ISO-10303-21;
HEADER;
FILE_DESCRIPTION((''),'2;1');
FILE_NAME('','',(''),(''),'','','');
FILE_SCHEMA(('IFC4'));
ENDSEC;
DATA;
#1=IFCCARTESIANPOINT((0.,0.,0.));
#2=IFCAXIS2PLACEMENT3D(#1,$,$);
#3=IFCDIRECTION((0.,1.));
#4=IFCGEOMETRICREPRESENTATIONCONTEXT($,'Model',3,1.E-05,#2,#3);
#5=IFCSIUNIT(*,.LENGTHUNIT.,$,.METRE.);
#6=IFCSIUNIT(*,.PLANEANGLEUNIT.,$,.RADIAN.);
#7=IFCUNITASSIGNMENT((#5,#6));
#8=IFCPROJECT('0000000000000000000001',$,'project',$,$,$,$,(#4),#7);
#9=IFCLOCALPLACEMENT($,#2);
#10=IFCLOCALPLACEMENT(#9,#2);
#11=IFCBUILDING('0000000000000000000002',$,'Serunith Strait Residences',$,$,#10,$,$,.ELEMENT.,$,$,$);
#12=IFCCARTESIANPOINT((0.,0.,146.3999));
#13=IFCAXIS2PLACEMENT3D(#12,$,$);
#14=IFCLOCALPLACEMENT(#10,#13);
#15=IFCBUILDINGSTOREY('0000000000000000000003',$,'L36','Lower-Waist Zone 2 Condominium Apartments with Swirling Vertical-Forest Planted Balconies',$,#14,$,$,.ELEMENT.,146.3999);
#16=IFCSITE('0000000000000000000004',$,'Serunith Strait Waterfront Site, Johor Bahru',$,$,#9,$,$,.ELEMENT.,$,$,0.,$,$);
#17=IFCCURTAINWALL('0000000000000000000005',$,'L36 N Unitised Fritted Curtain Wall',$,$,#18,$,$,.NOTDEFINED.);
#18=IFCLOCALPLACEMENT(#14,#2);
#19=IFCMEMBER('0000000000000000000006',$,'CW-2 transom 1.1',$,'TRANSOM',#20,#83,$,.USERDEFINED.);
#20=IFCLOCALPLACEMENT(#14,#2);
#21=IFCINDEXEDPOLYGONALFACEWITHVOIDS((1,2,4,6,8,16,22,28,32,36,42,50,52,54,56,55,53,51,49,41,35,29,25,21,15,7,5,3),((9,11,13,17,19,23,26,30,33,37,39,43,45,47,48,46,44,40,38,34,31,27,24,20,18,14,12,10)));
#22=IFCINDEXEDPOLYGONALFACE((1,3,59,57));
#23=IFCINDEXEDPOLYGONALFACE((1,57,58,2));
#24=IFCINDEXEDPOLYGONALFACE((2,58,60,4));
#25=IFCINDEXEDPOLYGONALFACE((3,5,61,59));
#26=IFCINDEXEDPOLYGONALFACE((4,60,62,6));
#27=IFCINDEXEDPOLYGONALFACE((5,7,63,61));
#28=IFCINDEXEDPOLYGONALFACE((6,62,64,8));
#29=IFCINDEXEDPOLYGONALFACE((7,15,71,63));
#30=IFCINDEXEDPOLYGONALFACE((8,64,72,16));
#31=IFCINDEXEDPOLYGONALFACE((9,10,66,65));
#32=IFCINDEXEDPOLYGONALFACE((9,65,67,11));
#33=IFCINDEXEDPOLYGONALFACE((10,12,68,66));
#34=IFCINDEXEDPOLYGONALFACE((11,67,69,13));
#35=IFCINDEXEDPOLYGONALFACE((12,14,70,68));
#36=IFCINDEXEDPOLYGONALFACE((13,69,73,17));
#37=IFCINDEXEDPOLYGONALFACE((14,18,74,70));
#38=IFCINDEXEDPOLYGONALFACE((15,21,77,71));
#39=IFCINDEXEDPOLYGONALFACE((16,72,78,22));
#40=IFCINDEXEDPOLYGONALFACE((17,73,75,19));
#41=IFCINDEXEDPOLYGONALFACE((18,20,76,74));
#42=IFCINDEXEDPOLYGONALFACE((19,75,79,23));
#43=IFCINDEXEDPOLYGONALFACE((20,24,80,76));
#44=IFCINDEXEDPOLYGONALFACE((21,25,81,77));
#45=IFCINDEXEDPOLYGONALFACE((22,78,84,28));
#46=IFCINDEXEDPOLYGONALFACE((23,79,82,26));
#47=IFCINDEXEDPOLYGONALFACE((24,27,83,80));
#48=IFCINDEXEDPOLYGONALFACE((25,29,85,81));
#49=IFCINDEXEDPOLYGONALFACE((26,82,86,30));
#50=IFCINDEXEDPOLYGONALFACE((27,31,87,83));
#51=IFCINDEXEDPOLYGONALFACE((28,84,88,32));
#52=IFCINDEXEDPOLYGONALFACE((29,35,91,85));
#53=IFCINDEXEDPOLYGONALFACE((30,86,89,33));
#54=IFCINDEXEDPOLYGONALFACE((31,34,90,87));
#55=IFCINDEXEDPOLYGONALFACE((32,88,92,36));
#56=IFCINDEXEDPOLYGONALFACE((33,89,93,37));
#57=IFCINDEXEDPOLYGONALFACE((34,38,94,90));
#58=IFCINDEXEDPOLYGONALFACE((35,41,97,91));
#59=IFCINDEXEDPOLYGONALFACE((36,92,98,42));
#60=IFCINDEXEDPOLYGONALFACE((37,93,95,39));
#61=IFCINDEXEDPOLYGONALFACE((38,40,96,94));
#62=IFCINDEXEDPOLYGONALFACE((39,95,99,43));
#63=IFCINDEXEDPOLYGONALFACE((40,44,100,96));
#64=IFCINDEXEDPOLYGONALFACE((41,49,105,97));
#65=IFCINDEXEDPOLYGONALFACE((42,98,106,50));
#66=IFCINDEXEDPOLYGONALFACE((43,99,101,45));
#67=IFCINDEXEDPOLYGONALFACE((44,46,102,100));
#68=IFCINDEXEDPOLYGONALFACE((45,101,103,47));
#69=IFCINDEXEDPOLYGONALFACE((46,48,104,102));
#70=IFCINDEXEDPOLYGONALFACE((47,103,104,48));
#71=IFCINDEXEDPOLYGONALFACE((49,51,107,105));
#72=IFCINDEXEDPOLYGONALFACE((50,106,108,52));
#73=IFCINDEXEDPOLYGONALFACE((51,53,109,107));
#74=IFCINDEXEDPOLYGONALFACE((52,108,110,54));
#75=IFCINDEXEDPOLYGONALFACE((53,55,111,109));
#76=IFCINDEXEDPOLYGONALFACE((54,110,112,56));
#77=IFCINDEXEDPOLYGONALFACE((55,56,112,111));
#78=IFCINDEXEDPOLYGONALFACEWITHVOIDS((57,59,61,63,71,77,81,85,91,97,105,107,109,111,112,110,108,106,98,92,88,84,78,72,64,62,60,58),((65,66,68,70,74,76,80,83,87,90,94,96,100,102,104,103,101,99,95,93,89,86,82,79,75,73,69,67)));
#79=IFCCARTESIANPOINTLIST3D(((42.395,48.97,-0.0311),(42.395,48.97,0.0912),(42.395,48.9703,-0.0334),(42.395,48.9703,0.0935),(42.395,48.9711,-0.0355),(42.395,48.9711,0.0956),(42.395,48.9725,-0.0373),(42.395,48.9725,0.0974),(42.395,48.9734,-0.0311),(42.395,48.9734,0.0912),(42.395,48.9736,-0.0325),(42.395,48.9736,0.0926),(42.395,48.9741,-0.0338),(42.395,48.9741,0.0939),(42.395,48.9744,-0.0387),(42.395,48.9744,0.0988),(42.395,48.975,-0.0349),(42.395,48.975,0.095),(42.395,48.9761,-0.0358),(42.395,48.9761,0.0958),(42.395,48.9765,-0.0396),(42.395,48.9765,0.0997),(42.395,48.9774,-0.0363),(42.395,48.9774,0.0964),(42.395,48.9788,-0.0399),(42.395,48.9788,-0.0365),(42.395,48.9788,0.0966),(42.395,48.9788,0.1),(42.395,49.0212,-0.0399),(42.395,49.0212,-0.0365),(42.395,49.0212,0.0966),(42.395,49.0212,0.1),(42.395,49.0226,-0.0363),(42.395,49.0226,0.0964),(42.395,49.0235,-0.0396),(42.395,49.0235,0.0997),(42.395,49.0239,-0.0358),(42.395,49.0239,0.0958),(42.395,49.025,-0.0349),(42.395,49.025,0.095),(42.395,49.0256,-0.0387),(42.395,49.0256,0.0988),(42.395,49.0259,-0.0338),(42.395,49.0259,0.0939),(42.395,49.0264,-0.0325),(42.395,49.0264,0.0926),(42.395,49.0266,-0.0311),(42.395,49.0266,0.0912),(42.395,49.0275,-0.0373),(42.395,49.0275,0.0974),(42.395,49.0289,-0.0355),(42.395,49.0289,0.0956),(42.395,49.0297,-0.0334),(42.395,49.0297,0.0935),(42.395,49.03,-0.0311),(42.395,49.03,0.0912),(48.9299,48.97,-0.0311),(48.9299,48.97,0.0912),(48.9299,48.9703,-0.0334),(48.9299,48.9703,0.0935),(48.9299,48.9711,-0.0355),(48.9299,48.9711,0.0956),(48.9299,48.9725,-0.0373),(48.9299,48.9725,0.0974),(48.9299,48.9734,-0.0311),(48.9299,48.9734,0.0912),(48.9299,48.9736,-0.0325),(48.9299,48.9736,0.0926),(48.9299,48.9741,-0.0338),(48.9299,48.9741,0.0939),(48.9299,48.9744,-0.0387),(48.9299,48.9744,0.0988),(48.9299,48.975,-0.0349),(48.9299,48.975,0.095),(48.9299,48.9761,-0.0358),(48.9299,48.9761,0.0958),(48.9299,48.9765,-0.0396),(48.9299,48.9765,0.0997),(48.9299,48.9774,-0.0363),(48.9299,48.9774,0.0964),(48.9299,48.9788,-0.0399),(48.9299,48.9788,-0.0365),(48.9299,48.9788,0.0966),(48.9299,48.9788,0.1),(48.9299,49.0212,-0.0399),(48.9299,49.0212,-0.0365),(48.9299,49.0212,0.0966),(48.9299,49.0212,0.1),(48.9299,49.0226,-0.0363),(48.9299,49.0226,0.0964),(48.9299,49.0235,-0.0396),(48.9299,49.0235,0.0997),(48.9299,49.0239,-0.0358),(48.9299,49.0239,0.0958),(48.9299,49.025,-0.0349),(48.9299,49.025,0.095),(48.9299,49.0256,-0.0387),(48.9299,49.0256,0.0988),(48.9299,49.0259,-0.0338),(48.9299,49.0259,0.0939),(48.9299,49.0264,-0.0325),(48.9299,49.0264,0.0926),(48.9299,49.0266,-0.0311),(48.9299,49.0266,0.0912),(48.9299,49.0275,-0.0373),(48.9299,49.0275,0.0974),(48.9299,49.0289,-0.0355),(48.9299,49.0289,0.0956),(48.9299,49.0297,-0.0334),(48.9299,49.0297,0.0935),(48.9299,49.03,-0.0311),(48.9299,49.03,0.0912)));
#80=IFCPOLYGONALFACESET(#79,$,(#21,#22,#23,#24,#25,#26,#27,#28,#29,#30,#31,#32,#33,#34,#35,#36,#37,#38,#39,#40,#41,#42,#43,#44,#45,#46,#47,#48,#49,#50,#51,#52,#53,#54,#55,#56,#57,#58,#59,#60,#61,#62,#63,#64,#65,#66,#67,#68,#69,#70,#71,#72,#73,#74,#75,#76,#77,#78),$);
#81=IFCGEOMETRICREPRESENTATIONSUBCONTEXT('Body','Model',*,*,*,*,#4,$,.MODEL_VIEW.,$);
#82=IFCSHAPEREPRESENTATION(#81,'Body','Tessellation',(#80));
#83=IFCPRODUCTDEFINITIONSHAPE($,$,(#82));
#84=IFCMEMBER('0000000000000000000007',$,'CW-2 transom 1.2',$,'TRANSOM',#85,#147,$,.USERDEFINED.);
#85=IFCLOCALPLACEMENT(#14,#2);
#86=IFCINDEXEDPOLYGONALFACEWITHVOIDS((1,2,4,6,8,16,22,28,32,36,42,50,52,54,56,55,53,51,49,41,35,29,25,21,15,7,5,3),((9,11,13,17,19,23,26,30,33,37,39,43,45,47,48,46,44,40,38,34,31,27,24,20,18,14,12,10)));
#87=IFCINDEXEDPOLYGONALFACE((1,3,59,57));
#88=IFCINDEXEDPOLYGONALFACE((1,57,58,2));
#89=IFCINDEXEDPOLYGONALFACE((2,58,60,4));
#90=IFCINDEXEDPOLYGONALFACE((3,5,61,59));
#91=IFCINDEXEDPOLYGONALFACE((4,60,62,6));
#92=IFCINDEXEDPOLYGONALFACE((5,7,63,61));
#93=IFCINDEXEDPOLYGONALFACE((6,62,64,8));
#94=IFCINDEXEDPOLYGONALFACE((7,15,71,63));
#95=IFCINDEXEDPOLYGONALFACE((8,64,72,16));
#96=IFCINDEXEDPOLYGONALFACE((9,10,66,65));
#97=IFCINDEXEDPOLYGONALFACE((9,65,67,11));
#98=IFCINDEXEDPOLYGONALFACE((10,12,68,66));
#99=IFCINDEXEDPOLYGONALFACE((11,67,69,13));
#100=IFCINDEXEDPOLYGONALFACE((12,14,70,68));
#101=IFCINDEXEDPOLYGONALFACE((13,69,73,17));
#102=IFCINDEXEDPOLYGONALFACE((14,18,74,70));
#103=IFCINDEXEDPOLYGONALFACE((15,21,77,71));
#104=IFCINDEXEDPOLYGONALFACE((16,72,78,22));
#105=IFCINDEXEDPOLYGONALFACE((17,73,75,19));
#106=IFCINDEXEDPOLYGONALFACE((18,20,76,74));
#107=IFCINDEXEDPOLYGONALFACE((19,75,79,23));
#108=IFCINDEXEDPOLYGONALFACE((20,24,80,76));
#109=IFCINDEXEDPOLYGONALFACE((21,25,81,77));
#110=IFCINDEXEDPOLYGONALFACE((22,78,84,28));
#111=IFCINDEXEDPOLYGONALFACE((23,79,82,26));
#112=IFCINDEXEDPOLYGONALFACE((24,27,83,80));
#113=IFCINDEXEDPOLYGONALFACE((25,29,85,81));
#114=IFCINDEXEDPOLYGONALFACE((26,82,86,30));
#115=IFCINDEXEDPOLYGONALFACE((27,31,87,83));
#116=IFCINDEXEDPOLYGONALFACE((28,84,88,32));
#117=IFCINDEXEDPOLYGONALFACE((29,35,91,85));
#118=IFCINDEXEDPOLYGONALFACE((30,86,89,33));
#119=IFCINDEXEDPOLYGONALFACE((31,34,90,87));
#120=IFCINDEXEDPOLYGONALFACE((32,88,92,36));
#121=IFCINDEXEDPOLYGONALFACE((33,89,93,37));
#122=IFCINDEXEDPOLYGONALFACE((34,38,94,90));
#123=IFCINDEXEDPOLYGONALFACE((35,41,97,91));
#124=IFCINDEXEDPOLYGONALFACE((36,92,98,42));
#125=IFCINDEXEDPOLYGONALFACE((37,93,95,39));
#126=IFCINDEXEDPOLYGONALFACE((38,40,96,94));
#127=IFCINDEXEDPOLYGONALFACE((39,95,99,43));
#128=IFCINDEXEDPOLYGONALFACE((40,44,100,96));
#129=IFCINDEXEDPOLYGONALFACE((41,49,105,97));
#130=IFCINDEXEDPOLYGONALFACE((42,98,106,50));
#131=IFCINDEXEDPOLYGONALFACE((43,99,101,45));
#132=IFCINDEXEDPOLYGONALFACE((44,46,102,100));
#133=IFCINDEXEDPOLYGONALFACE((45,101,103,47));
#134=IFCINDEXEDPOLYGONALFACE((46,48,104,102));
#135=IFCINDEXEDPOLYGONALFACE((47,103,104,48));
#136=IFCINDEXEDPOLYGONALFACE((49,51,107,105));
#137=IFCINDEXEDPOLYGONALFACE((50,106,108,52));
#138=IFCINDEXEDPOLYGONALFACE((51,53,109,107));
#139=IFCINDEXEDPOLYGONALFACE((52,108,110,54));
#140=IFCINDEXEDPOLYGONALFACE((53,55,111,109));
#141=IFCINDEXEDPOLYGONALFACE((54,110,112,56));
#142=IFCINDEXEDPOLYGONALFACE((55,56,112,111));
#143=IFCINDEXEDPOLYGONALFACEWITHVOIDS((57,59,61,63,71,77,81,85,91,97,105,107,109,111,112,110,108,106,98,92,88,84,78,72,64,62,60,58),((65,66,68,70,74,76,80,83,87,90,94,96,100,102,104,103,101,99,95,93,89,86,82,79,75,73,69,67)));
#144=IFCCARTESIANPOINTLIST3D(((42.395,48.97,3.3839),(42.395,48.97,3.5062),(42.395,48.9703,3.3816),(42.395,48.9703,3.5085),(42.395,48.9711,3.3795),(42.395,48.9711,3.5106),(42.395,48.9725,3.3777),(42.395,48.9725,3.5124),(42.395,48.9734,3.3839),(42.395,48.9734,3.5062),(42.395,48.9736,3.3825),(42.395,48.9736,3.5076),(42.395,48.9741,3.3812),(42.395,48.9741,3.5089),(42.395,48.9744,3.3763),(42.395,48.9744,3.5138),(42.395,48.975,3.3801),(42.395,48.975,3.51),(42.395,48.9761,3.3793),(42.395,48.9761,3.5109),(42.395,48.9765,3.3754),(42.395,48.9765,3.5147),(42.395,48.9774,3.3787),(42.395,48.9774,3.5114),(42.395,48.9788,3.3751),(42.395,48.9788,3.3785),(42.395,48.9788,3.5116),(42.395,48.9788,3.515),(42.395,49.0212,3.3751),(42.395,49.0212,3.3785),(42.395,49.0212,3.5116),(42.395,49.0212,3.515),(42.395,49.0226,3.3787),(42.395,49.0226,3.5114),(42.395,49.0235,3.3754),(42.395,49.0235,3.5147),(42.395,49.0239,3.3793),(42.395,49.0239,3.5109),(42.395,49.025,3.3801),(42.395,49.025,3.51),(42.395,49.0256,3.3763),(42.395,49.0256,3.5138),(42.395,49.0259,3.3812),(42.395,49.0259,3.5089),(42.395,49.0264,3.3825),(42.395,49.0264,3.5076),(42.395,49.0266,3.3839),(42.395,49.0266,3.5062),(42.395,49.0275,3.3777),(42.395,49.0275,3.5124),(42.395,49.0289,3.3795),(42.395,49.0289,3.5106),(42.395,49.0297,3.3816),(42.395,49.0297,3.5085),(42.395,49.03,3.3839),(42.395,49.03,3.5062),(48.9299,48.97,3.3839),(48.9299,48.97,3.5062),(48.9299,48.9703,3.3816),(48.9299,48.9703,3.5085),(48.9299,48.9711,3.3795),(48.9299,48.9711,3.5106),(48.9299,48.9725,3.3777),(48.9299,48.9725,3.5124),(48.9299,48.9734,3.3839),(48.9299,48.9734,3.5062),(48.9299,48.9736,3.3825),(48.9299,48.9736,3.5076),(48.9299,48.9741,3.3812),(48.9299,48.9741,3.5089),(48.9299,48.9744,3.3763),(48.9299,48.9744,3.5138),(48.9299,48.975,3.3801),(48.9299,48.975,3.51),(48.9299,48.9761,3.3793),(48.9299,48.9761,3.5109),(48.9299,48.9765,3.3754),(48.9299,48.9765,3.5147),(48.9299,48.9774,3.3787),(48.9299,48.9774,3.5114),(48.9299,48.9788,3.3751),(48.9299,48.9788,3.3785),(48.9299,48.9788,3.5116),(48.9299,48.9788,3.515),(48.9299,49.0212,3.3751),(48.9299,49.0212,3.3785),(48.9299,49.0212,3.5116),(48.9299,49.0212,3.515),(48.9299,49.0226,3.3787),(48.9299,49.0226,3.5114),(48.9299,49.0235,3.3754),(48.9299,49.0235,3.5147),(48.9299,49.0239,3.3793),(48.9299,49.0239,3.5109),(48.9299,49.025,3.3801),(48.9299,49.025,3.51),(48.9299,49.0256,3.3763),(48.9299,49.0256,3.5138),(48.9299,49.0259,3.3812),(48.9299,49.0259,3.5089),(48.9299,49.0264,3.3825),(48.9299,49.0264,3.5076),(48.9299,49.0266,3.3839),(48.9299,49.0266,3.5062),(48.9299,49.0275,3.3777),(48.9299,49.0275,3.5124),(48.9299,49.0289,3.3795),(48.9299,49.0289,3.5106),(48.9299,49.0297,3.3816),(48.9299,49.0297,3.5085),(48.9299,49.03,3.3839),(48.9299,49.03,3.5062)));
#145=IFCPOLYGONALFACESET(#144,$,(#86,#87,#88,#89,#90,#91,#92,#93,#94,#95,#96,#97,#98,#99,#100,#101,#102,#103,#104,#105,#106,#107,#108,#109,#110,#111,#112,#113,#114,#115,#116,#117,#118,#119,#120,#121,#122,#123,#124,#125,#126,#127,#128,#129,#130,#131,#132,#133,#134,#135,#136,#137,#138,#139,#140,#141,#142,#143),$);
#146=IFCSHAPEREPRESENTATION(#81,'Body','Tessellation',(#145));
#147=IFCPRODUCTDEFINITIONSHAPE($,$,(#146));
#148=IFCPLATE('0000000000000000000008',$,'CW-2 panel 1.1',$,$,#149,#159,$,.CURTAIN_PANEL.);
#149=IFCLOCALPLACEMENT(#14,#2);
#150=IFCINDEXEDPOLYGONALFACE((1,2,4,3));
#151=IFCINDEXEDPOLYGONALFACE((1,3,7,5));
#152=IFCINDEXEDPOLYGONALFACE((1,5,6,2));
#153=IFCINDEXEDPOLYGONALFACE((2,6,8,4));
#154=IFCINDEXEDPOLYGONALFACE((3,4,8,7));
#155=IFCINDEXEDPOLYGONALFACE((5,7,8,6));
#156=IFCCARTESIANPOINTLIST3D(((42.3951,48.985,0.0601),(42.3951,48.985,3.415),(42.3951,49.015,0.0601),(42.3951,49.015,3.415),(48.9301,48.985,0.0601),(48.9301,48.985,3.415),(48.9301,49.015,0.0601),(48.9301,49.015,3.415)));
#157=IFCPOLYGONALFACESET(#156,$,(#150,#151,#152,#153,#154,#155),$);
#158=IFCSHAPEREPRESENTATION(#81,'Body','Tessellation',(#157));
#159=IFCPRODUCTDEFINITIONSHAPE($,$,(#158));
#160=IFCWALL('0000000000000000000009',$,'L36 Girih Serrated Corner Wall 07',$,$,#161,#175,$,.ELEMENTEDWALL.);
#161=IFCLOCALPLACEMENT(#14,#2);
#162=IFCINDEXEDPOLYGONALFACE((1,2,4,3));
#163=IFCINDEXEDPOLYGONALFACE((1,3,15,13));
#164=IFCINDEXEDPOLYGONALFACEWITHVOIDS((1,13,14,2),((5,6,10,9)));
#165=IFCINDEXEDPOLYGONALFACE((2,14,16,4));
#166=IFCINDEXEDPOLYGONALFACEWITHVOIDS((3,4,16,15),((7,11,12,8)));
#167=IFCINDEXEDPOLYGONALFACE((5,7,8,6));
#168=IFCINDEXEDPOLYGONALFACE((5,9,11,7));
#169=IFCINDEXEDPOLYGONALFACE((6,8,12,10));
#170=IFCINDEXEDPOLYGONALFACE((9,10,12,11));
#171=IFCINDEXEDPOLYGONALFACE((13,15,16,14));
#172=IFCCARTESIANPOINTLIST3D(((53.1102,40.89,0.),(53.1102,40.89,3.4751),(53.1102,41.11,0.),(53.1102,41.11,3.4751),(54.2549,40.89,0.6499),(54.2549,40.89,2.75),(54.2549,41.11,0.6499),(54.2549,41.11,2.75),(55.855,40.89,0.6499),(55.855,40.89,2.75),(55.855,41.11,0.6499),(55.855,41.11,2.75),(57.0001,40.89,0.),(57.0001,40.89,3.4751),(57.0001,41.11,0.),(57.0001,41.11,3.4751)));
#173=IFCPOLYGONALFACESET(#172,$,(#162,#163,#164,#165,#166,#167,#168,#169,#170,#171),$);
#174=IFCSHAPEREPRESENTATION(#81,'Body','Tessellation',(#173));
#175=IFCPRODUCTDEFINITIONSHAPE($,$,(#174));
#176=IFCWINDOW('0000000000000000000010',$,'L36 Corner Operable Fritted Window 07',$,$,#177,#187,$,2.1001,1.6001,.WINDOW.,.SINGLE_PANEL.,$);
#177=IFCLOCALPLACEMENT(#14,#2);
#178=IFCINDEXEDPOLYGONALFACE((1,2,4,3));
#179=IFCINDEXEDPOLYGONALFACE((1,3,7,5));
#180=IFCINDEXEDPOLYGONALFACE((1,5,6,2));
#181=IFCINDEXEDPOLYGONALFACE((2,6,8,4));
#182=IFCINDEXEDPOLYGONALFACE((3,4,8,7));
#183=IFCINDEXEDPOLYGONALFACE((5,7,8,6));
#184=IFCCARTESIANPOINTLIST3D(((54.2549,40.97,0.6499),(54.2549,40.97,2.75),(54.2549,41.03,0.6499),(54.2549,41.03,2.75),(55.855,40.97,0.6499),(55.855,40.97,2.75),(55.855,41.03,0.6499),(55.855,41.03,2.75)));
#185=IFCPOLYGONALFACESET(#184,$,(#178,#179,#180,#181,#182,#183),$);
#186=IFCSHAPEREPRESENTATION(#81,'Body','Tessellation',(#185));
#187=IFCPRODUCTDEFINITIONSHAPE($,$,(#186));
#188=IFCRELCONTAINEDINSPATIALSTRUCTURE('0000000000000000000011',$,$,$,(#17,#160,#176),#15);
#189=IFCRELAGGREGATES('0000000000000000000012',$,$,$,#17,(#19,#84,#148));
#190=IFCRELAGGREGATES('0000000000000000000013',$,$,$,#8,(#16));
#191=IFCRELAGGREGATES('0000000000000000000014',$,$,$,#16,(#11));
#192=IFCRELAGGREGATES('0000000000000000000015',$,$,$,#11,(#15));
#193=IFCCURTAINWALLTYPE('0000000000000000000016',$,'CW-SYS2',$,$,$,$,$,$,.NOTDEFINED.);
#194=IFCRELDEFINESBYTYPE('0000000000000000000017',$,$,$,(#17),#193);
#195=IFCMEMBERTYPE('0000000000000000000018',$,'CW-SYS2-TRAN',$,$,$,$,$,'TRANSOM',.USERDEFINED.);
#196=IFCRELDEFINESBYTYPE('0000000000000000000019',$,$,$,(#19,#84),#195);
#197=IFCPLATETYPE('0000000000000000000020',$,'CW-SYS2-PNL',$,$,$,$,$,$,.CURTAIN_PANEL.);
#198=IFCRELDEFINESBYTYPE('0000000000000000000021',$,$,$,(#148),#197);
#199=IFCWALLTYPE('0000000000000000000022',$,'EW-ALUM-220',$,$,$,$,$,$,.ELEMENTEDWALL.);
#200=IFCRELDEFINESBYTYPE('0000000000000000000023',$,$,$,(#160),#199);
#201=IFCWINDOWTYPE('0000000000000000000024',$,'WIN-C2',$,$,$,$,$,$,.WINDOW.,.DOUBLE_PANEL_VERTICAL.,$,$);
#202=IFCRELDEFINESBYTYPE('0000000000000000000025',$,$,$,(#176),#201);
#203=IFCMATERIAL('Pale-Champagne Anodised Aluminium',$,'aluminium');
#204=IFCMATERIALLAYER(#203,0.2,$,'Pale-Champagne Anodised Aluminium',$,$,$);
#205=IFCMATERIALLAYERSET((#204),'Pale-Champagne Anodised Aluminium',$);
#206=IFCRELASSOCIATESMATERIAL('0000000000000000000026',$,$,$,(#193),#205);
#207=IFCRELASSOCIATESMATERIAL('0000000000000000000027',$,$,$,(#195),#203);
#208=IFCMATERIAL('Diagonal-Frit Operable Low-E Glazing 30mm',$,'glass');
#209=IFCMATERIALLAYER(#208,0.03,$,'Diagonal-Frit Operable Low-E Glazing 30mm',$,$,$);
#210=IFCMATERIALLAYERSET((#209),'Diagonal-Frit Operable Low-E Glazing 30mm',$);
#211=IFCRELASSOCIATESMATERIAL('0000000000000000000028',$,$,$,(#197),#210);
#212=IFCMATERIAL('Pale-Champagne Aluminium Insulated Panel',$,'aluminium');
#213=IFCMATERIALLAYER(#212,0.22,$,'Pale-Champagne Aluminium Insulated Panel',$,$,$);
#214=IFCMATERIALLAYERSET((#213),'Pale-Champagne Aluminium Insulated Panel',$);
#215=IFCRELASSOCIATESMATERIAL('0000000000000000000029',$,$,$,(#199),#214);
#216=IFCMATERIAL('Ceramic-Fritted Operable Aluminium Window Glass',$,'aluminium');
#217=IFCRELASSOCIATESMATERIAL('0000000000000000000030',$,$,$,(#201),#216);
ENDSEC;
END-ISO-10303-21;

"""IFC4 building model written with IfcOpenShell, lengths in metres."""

from ifc_helpers import new_model, si_unit, direction, frame, frame_2d, origin, origin_2d, place, context, subcontext, project, spatial, rectangle, hollow_rectangle, extrude, source, transform, mapped, material, layer, layer_set, material_profile, profile_set, type_object, element, fill, aggregate, save


model = new_model("IFC4")

# Units and contexts
model_context = context("Model", 3, precision=1e-05, world=origin(), true_north=direction((0.0, 1.0)))
body_context = subcontext(model_context, "Body", "Model", "MODEL_VIEW")
ifc_project = project(units=[si_unit("LENGTHUNIT", "METRE"), si_unit("PLANEANGLEUNIT", "RADIAN")], contexts=[model_context])

# Site, building, storey
site_placement = place(None, origin())
site = spatial("IfcSite", under=ifc_project, at=site_placement, Name="Serunith Strait Waterfront Site, Johor Bahru", CompositionType="ELEMENT", RefElevation=0.0)
building_placement = place(site_placement, origin())
building = spatial("IfcBuilding", under=site, at=building_placement, Name="Serunith Strait Residences", CompositionType="ELEMENT")
storey_placement = place(building_placement, frame((0.0, 0.0, 146.3999)))
storey = spatial("IfcBuildingStorey", under=building, at=storey_placement, Name="L36", Description="Lower-Waist Zone 2 Condominium Apartments with Swirling Vertical-Forest Planted Balconies", CompositionType="ELEMENT", Elevation=146.3999)

# Shared definitions
ifc_material_1 = material(Name="Pale-Champagne Anodised Aluminium", Category="aluminium")
ifc_layer_1 = layer(ifc_material_1, 0.2, Name="Pale-Champagne Anodised Aluminium")
ifc_layer_set_1 = layer_set([ifc_layer_1], Name="Pale-Champagne Anodised Aluminium")
curtain_wall_type = type_object("IfcCurtainWallType", Name="CW-SYS2", PredefinedType="NOTDEFINED", material=ifc_layer_set_1)

# Curtain wall, members, plate
curtain_wall_1_placement = place(storey_placement, origin())
curtain_wall_1 = element("IfcCurtainWall", 1, at=curtain_wall_1_placement, inside=storey, type_object=curtain_wall_type, Name="L36 N Unitised Fritted Curtain Wall", PredefinedType="NOTDEFINED")
ifc_material_profile_1 = material_profile(ifc_material_1, hollow_rectangle(XDim=0.0601, YDim=0.1399, WallThickness=0.0034, InnerFilletRadius=0.0054, OuterFilletRadius=0.0088, at=origin_2d()), Name="ALU 140x60x3.5")
ifc_profile_set_1 = profile_set([ifc_material_profile_1], Name="Pale-Champagne Anodised Aluminium")
member_type_1 = type_object("IfcMemberType", Name="CW-SYS2-TRAN", ElementType="TRANSOM", PredefinedType="USERDEFINED", material=ifc_profile_set_1)
shared_shape_1 = source(origin(), body_context, "Body", "SweptSolid", [
    extrude(hollow_rectangle(XDim=0.0601, YDim=0.1399, WallThickness=0.0034, InnerFilletRadius=0.0054, OuterFilletRadius=0.0088, at=origin_2d()), origin(), (0.0, 0.0, 1.0), 6.5349),
])
member_1_placement = place(storey_placement, frame((48.9299, 49.0, 0.03), z_axis=(-1.0, 0.0, 0.0), x_axis=(0.0, -1.0, 0.0)))
member_1 = element("IfcMember", 2, at=member_1_placement, type_object=member_type_1, Name="CW-2 transom 1.1", ObjectType="TRANSOM", PredefinedType="USERDEFINED", context=body_context, shape_type="MappedRepresentation", body=[
    mapped(shared_shape_1, transform((0.0, 0.0, 0.0), scale=1.0)),
])
member_2_placement = place(storey_placement, frame((48.9299, 49.0, 3.4451), z_axis=(-1.0, 0.0, 0.0), x_axis=(0.0, -1.0, 0.0)))
member_2 = element("IfcMember", 3, at=member_2_placement, type_object=member_type_1, Name="CW-2 transom 1.2", ObjectType="TRANSOM", PredefinedType="USERDEFINED", context=body_context, shape_type="MappedRepresentation", body=[
    mapped(shared_shape_1, transform((0.0, 0.0, 0.0), scale=1.0)),
])
ifc_material_2 = material(Name="Diagonal-Frit Operable Low-E Glazing 30mm", Category="glass")
ifc_layer_2 = layer(ifc_material_2, 0.03, Name="Diagonal-Frit Operable Low-E Glazing 30mm")
ifc_layer_set_2 = layer_set([ifc_layer_2], Name="Diagonal-Frit Operable Low-E Glazing 30mm")
plate_type = type_object("IfcPlateType", Name="CW-SYS2-PNL", PredefinedType="CURTAIN_PANEL", material=ifc_layer_set_2)
shared_shape_2 = source(origin(), body_context, "Body", "SweptSolid", [
    extrude(rectangle(XDim=6.5349, YDim=0.03, at=origin_2d()), origin(), (0.0, 0.0, 1.0), 3.355),
])
plate_placement = place(storey_placement, frame((45.6626, 49.0, 0.0601), z_axis=(0.0, 0.0, 1.0), x_axis=(-1.0, 0.0, 0.0)))
plate = element("IfcPlate", 4, at=plate_placement, type_object=plate_type, Name="CW-2 panel 1.1", PredefinedType="CURTAIN_PANEL", context=body_context, shape_type="MappedRepresentation", body=[
    mapped(shared_shape_2, transform((0.0, 0.0, 0.0), scale=1.0)),
])
aggregate(curtain_wall_1, [member_1, member_2, plate])

# Wall, opening, window
ifc_material_3 = material(Name="Pale-Champagne Aluminium Insulated Panel", Category="aluminium")
ifc_layer_3 = layer(ifc_material_3, 0.22, Name="Pale-Champagne Aluminium Insulated Panel")
ifc_layer_set_3 = layer_set([ifc_layer_3], Name="Pale-Champagne Aluminium Insulated Panel")
wall_type_1 = type_object("IfcWallType", Name="EW-ALUM-220", PredefinedType="ELEMENTEDWALL", material=ifc_layer_set_3)
wall_1_placement = place(storey_placement, frame((57.0, 41.0, 0.0), z_axis=(0.0, 0.0, 1.0), x_axis=(-1.0, 0.0, 0.0)))
wall_1 = element("IfcWall", 5, at=wall_1_placement, inside=storey, type_object=wall_type_1, Name="L36 Girih Serrated Corner Wall 07", PredefinedType="ELEMENTEDWALL", context=body_context, shape_type="SweptSolid", body=[
    extrude(rectangle(XDim=3.8899, YDim=0.22, at=frame_2d((1.9448, 0.0))), origin(), (0.0, 0.0, 1.0), 3.4751),
])
opening_1_placement = place(wall_1_placement, frame((1.145, 0.0, 0.6499)))
opening_1 = element("IfcOpeningElement", 6, at=opening_1_placement, cuts=wall_1, PredefinedType="OPENING", context=body_context, shape_type="SweptSolid", body=[
    extrude(rectangle(XDim=1.6001, YDim=2.1001, at=frame_2d((0.8, 1.05))), frame((0.0, 0.1201, 0.0), z_axis=(0.0, -1.0, 0.0), x_axis=(1.0, 0.0, 0.0)), (0.0, 0.0, 1.0), 0.24),
])
ifc_material_4 = material(Name="Ceramic-Fritted Operable Aluminium Window Glass", Category="aluminium")
window_type = type_object("IfcWindowType", Name="WIN-C2", PartitioningType="DOUBLE_PANEL_VERTICAL", PredefinedType="WINDOW", material=ifc_material_4)
shared_shape_3 = source(origin(), body_context, "Body", "SweptSolid", [
    extrude(rectangle(XDim=1.6001, YDim=2.1001, at=frame_2d((0.8, 1.05))), frame((0.0, 0.03, 0.0), z_axis=(0.0, -1.0, 0.0), x_axis=(1.0, 0.0, 0.0)), (0.0, 0.0, 1.0), 0.0601),
])
window_1_placement = place(opening_1_placement, origin())
window_1 = element("IfcWindow", 7, at=window_1_placement, inside=storey, type_object=window_type, Name="L36 Corner Operable Fritted Window 07", OverallHeight=2.1001, OverallWidth=1.6001, PartitioningType="SINGLE_PANEL", PredefinedType="WINDOW", context=body_context, shape_type="MappedRepresentation", body=[
    mapped(shared_shape_3, transform((0.0, 0.0, 0.0), scale=1.0)),
])
fill(opening_1, window_1)

save(model, "model.ifc")
